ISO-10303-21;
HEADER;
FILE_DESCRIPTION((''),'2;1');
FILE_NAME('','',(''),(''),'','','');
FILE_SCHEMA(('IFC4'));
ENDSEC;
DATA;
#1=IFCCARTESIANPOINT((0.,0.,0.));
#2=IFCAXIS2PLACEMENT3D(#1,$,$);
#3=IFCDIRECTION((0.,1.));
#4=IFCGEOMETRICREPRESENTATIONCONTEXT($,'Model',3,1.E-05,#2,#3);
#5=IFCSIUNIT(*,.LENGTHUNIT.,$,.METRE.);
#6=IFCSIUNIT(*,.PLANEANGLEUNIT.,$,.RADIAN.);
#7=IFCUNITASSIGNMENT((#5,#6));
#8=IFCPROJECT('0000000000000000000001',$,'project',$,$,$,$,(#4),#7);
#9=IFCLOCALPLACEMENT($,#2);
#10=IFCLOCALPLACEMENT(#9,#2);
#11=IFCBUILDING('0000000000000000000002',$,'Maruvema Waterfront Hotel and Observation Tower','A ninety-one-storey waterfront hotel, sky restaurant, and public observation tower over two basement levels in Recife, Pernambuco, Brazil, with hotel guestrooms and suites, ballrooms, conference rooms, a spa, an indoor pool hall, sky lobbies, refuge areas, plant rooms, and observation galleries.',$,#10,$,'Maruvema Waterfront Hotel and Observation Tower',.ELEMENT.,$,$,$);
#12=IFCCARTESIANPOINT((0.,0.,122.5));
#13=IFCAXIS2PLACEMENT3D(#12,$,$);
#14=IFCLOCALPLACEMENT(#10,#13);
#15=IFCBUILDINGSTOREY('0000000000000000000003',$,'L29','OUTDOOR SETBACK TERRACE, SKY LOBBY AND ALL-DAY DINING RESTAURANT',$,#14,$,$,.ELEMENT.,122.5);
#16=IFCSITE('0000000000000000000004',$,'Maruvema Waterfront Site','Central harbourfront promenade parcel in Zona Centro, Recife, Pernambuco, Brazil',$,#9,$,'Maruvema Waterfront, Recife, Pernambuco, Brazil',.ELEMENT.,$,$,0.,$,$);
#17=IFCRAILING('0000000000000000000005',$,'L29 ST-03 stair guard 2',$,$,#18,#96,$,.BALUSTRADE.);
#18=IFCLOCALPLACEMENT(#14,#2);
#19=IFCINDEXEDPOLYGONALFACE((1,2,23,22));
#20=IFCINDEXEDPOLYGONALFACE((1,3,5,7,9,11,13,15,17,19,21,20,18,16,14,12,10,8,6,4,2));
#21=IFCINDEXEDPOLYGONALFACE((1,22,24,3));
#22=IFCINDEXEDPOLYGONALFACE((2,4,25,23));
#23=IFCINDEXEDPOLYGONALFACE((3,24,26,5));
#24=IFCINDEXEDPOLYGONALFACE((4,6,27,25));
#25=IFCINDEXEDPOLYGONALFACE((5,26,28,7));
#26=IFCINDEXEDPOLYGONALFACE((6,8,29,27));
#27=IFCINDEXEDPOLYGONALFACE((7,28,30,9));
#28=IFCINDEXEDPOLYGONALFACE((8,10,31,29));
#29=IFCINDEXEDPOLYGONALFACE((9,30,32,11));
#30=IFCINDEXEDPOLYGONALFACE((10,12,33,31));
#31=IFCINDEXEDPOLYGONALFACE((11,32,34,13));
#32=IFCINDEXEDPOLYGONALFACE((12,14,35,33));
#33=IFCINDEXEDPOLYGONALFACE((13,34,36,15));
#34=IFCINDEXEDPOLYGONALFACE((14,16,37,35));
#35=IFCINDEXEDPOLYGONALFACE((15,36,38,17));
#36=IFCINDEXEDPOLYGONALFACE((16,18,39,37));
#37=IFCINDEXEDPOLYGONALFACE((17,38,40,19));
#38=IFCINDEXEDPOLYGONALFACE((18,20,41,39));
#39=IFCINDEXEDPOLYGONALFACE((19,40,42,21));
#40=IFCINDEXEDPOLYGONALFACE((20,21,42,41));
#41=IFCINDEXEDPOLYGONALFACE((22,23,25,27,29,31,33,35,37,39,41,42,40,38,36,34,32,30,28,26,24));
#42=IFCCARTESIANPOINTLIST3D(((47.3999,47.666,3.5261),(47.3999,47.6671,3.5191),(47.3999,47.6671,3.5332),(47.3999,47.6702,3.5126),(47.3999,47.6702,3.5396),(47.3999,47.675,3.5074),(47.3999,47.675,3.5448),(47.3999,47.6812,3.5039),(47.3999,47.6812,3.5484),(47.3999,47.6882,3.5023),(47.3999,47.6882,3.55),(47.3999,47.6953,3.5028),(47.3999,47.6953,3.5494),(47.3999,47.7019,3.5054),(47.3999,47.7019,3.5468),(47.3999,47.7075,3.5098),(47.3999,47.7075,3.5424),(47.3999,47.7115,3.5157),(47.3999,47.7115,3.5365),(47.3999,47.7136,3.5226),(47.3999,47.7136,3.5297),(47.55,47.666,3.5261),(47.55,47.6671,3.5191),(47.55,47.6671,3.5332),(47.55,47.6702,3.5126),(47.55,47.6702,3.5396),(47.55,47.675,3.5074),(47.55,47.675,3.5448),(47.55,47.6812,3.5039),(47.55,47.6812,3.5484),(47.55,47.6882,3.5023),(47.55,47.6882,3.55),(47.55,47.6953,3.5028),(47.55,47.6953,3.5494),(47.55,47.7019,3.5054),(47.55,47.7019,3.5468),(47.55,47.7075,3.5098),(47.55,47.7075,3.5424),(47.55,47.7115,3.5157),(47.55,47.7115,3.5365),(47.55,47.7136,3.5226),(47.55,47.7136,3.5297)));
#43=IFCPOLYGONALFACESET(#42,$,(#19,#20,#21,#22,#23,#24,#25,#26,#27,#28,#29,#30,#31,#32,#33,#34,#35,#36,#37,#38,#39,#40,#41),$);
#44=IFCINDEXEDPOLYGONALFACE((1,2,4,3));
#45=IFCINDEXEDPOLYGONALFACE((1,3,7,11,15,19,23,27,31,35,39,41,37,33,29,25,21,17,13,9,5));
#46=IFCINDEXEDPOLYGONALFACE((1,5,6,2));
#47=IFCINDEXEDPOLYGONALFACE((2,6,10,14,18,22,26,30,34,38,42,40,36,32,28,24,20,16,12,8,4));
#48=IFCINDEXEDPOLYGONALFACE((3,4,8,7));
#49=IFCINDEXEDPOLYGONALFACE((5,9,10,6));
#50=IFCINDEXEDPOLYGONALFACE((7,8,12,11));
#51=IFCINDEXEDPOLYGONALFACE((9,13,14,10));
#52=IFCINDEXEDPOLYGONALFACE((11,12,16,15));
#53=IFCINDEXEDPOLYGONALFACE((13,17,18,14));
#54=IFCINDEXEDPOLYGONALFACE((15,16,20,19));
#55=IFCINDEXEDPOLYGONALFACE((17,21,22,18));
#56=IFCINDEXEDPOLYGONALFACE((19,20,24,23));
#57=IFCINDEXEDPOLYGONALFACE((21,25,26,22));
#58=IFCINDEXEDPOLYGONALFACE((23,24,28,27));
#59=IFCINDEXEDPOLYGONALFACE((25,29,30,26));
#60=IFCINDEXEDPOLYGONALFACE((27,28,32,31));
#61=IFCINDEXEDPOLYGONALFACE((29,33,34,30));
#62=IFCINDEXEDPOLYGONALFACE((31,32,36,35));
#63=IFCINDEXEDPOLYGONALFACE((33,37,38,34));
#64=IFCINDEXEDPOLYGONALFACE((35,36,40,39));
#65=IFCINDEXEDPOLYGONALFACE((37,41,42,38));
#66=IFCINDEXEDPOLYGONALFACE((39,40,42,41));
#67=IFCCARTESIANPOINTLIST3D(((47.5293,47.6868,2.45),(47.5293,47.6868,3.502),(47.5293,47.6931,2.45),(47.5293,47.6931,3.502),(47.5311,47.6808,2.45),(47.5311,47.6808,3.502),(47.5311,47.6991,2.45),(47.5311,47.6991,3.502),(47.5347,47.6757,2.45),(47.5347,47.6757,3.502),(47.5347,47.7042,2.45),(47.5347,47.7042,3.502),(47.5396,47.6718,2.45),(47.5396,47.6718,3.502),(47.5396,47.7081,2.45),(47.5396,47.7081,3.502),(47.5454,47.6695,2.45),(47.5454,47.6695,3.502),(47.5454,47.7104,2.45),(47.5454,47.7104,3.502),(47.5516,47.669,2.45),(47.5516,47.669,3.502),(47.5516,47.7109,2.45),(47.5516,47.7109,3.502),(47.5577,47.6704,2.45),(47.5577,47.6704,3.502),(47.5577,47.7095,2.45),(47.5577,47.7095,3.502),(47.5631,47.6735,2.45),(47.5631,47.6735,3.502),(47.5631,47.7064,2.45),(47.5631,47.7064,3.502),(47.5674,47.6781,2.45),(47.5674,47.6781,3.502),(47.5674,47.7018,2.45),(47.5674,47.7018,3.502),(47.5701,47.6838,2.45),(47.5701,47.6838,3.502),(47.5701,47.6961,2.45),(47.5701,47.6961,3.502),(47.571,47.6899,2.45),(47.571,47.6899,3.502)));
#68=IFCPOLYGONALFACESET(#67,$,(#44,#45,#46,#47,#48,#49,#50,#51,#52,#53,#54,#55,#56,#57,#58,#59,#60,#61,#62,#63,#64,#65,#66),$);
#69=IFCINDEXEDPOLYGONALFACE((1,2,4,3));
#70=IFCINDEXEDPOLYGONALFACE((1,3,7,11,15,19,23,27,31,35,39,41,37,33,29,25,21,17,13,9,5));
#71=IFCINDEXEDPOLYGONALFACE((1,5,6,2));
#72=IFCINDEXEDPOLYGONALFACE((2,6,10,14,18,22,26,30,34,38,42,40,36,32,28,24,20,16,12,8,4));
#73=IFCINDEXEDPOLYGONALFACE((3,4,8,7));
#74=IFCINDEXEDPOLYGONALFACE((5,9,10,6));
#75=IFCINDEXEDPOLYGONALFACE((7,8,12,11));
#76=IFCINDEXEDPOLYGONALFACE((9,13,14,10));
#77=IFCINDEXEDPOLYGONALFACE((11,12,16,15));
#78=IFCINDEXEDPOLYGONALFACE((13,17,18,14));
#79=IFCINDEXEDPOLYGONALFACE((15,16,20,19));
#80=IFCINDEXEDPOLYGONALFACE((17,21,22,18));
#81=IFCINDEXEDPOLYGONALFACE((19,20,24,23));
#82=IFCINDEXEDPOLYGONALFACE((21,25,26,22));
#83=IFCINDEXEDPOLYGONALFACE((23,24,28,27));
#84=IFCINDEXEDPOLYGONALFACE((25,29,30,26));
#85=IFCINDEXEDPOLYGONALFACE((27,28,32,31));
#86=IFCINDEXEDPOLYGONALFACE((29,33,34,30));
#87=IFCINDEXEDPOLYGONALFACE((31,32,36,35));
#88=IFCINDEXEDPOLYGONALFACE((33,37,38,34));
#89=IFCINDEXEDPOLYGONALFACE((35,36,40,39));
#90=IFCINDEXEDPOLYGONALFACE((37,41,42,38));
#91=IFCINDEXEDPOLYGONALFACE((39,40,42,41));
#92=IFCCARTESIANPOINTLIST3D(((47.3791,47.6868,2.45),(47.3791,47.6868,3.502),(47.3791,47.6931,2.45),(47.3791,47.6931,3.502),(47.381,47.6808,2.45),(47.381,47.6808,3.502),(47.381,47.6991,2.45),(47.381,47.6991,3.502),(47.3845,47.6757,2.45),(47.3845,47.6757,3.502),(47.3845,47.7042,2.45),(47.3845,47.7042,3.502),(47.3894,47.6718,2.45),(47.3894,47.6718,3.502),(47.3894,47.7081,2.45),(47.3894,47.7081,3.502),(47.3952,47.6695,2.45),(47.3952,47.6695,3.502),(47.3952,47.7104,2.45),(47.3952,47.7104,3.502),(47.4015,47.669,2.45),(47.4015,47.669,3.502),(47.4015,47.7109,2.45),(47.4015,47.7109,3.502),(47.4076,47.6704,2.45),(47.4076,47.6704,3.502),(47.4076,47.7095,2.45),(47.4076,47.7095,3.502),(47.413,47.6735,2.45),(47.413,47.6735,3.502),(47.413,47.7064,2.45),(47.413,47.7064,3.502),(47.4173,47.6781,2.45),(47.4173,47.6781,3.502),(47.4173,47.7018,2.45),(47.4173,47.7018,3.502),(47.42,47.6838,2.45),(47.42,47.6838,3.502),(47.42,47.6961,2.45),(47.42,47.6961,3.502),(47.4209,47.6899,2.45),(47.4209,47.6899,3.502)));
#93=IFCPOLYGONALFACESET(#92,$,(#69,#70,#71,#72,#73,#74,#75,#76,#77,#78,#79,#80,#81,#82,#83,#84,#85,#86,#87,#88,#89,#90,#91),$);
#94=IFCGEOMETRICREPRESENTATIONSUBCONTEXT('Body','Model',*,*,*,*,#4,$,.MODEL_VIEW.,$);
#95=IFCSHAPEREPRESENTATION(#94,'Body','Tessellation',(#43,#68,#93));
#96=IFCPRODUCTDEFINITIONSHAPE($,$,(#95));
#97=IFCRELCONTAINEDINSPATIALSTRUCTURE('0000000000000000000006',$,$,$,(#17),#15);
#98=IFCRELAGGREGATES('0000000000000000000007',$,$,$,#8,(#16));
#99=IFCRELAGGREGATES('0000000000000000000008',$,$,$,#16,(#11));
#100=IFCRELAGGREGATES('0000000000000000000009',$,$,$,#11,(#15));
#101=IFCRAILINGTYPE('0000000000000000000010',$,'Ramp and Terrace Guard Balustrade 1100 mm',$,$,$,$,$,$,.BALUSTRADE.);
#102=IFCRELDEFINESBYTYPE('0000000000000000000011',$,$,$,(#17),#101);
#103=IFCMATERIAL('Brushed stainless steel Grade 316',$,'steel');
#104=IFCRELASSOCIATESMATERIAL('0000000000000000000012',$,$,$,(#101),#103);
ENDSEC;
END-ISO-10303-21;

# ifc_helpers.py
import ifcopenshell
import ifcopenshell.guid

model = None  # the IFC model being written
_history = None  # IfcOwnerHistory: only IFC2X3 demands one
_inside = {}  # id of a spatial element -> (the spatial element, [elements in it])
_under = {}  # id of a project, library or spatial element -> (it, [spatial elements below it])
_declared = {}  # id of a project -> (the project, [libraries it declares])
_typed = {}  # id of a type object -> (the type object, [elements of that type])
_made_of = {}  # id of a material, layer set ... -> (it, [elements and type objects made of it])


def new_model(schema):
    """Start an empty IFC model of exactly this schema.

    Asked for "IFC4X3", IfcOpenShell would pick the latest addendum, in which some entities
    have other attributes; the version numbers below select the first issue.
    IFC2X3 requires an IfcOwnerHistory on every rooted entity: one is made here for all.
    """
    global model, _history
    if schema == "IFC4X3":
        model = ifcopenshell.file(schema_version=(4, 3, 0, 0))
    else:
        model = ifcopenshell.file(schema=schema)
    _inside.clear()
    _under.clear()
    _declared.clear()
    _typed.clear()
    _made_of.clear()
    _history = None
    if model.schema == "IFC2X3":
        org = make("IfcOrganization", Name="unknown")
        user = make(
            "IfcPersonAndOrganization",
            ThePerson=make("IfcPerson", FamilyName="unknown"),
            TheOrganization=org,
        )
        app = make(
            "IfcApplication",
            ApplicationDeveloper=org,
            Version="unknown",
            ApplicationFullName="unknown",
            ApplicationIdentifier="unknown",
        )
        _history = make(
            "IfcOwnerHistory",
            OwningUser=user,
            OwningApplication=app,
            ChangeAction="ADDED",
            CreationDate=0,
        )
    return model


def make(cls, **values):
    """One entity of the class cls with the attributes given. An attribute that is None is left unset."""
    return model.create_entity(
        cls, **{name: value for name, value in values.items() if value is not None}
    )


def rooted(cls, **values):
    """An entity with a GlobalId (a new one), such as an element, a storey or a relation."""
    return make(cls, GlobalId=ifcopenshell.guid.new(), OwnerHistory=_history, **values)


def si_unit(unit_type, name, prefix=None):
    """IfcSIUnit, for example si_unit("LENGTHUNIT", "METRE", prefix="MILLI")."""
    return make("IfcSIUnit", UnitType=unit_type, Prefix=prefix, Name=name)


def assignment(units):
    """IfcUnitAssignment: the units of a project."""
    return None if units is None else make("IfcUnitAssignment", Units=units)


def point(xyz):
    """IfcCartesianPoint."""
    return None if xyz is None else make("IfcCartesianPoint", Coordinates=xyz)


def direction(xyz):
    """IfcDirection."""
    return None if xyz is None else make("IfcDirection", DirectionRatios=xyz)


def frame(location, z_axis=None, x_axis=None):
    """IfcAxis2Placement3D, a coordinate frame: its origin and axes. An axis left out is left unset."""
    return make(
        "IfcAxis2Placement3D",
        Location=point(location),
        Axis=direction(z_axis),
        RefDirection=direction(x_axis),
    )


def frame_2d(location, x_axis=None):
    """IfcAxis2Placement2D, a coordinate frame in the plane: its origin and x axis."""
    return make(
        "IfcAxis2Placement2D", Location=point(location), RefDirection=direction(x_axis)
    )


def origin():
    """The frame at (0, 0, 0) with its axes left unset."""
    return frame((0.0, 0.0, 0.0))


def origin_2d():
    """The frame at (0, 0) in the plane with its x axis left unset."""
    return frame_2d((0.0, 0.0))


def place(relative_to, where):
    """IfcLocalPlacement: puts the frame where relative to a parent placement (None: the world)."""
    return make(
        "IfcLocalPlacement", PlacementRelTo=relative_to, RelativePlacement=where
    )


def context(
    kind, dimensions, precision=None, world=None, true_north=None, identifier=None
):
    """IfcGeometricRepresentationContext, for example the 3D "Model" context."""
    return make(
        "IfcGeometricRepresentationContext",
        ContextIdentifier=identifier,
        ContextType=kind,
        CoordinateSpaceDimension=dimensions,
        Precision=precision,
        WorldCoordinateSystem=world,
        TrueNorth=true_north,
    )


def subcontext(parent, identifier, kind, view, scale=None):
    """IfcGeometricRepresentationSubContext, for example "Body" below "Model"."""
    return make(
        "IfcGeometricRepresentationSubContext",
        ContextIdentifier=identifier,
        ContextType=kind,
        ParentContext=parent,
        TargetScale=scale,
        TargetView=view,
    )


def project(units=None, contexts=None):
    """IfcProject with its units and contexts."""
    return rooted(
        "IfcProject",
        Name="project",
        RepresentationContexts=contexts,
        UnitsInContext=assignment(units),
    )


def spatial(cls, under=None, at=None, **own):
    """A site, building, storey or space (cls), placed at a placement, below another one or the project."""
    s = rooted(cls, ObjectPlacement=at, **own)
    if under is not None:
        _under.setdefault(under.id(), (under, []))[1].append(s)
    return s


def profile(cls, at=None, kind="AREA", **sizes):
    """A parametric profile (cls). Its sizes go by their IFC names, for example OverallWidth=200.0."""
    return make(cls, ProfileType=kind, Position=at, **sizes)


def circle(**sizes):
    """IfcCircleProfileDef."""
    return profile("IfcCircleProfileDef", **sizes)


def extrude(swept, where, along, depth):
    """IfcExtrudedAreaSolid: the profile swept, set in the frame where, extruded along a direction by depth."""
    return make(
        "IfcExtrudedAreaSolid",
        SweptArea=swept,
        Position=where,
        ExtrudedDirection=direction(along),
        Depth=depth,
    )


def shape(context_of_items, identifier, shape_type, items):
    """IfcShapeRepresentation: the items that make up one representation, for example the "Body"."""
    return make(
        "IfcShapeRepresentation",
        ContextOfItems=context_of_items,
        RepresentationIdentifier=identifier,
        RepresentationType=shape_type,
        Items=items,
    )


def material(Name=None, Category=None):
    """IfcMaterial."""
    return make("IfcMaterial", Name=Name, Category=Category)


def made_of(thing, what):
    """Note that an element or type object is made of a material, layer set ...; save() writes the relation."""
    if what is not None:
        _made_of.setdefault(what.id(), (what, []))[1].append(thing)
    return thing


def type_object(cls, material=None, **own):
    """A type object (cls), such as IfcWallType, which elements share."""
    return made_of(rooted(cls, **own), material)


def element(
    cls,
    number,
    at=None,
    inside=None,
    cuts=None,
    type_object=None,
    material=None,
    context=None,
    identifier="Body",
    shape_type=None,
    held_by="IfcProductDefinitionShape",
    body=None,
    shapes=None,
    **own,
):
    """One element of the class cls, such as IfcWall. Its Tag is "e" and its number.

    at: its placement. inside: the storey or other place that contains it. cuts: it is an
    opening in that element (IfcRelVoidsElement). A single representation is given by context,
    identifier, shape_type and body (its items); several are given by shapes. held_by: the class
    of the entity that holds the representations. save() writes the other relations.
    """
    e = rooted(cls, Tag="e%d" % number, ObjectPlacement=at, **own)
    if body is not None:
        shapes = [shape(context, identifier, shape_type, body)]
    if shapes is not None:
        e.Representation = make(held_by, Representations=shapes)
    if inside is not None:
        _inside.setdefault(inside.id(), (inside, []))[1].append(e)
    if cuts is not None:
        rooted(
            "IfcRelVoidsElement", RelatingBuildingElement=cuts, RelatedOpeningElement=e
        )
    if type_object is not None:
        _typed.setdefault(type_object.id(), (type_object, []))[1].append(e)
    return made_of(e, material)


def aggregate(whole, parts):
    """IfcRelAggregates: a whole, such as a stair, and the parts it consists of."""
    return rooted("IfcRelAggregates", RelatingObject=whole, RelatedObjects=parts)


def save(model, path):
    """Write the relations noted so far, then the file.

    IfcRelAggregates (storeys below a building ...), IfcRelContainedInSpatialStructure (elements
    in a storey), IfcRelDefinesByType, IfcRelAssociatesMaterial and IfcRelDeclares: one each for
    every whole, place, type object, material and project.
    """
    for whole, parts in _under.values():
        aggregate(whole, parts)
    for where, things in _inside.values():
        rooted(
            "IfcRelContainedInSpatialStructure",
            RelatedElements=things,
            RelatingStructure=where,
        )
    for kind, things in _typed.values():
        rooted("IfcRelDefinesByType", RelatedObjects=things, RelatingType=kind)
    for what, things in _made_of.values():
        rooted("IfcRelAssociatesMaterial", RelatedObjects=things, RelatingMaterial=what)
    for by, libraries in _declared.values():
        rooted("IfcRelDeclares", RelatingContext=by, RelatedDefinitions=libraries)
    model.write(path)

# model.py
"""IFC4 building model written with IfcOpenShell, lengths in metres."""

from ifc_helpers import new_model, si_unit, direction, frame, origin, origin_2d, place, context, subcontext, project, spatial, circle, extrude, material, type_object, element, save


model = new_model("IFC4")

# Units and contexts
model_context = context("Model", 3, precision=1e-05, world=origin(), true_north=direction((0.0, 1.0)))
body_context = subcontext(model_context, "Body", "Model", "MODEL_VIEW")
ifc_project = project(units=[si_unit("LENGTHUNIT", "METRE"), si_unit("PLANEANGLEUNIT", "RADIAN")], contexts=[model_context])

# Site, building, storey
site_placement = place(None, origin())
site = spatial("IfcSite", under=ifc_project, at=site_placement, Name="Maruvema Waterfront Site", Description="Central harbourfront promenade parcel in Zona Centro, Recife, Pernambuco, Brazil", LongName="Maruvema Waterfront, Recife, Pernambuco, Brazil", CompositionType="ELEMENT", RefElevation=0.0)
building_placement = place(site_placement, origin())
building = spatial("IfcBuilding", under=site, at=building_placement, Name="Maruvema Waterfront Hotel and Observation Tower", Description="A ninety-one-storey waterfront hotel, sky restaurant, and public observation tower over two basement levels in Recife, Pernambuco, Brazil, with hotel guestrooms and suites, ballrooms, conference rooms, a spa, an indoor pool hall, sky lobbies, refuge areas, plant rooms, and observation galleries.", LongName="Maruvema Waterfront Hotel and Observation Tower", CompositionType="ELEMENT")
storey_placement = place(building_placement, frame((0.0, 0.0, 122.5)))
storey = spatial("IfcBuildingStorey", under=building, at=storey_placement, Name="L29", Description="OUTDOOR SETBACK TERRACE, SKY LOBBY AND ALL-DAY DINING RESTAURANT", CompositionType="ELEMENT", Elevation=122.5)

# Railing
ifc_material_1 = material(Name="Brushed stainless steel Grade 316", Category="steel")
railing_type_1 = type_object("IfcRailingType", Name="Ramp and Terrace Guard Balustrade 1100 mm", PredefinedType="BALUSTRADE", material=ifc_material_1)
railing_1_placement = place(storey_placement, frame((47.55, 47.6899, 2.45)))
element("IfcRailing", 1, at=railing_1_placement, inside=storey, type_object=railing_type_1, Name="L29 ST-03 stair guard 2", PredefinedType="BALUSTRADE", context=body_context, shape_type="SweptSolid", body=[
    extrude(circle(Radius=0.0239, at=origin_2d()), frame((0.0, 0.0, 1.0762), z_axis=(-1.0, 0.0, 0.0), x_axis=(0.0, -1.0, 0.0)), (0.0, 0.0, 1.0), 0.1501),
    extrude(circle(Radius=0.021, at=origin_2d()), origin(), (0.0, 0.0, 1.0), 1.052),
    extrude(circle(Radius=0.021, at=origin_2d()), frame((-0.1501, 0.0, 0.0)), (0.0, 0.0, 1.0), 1.052),
])

save(model, "model.ifc")
